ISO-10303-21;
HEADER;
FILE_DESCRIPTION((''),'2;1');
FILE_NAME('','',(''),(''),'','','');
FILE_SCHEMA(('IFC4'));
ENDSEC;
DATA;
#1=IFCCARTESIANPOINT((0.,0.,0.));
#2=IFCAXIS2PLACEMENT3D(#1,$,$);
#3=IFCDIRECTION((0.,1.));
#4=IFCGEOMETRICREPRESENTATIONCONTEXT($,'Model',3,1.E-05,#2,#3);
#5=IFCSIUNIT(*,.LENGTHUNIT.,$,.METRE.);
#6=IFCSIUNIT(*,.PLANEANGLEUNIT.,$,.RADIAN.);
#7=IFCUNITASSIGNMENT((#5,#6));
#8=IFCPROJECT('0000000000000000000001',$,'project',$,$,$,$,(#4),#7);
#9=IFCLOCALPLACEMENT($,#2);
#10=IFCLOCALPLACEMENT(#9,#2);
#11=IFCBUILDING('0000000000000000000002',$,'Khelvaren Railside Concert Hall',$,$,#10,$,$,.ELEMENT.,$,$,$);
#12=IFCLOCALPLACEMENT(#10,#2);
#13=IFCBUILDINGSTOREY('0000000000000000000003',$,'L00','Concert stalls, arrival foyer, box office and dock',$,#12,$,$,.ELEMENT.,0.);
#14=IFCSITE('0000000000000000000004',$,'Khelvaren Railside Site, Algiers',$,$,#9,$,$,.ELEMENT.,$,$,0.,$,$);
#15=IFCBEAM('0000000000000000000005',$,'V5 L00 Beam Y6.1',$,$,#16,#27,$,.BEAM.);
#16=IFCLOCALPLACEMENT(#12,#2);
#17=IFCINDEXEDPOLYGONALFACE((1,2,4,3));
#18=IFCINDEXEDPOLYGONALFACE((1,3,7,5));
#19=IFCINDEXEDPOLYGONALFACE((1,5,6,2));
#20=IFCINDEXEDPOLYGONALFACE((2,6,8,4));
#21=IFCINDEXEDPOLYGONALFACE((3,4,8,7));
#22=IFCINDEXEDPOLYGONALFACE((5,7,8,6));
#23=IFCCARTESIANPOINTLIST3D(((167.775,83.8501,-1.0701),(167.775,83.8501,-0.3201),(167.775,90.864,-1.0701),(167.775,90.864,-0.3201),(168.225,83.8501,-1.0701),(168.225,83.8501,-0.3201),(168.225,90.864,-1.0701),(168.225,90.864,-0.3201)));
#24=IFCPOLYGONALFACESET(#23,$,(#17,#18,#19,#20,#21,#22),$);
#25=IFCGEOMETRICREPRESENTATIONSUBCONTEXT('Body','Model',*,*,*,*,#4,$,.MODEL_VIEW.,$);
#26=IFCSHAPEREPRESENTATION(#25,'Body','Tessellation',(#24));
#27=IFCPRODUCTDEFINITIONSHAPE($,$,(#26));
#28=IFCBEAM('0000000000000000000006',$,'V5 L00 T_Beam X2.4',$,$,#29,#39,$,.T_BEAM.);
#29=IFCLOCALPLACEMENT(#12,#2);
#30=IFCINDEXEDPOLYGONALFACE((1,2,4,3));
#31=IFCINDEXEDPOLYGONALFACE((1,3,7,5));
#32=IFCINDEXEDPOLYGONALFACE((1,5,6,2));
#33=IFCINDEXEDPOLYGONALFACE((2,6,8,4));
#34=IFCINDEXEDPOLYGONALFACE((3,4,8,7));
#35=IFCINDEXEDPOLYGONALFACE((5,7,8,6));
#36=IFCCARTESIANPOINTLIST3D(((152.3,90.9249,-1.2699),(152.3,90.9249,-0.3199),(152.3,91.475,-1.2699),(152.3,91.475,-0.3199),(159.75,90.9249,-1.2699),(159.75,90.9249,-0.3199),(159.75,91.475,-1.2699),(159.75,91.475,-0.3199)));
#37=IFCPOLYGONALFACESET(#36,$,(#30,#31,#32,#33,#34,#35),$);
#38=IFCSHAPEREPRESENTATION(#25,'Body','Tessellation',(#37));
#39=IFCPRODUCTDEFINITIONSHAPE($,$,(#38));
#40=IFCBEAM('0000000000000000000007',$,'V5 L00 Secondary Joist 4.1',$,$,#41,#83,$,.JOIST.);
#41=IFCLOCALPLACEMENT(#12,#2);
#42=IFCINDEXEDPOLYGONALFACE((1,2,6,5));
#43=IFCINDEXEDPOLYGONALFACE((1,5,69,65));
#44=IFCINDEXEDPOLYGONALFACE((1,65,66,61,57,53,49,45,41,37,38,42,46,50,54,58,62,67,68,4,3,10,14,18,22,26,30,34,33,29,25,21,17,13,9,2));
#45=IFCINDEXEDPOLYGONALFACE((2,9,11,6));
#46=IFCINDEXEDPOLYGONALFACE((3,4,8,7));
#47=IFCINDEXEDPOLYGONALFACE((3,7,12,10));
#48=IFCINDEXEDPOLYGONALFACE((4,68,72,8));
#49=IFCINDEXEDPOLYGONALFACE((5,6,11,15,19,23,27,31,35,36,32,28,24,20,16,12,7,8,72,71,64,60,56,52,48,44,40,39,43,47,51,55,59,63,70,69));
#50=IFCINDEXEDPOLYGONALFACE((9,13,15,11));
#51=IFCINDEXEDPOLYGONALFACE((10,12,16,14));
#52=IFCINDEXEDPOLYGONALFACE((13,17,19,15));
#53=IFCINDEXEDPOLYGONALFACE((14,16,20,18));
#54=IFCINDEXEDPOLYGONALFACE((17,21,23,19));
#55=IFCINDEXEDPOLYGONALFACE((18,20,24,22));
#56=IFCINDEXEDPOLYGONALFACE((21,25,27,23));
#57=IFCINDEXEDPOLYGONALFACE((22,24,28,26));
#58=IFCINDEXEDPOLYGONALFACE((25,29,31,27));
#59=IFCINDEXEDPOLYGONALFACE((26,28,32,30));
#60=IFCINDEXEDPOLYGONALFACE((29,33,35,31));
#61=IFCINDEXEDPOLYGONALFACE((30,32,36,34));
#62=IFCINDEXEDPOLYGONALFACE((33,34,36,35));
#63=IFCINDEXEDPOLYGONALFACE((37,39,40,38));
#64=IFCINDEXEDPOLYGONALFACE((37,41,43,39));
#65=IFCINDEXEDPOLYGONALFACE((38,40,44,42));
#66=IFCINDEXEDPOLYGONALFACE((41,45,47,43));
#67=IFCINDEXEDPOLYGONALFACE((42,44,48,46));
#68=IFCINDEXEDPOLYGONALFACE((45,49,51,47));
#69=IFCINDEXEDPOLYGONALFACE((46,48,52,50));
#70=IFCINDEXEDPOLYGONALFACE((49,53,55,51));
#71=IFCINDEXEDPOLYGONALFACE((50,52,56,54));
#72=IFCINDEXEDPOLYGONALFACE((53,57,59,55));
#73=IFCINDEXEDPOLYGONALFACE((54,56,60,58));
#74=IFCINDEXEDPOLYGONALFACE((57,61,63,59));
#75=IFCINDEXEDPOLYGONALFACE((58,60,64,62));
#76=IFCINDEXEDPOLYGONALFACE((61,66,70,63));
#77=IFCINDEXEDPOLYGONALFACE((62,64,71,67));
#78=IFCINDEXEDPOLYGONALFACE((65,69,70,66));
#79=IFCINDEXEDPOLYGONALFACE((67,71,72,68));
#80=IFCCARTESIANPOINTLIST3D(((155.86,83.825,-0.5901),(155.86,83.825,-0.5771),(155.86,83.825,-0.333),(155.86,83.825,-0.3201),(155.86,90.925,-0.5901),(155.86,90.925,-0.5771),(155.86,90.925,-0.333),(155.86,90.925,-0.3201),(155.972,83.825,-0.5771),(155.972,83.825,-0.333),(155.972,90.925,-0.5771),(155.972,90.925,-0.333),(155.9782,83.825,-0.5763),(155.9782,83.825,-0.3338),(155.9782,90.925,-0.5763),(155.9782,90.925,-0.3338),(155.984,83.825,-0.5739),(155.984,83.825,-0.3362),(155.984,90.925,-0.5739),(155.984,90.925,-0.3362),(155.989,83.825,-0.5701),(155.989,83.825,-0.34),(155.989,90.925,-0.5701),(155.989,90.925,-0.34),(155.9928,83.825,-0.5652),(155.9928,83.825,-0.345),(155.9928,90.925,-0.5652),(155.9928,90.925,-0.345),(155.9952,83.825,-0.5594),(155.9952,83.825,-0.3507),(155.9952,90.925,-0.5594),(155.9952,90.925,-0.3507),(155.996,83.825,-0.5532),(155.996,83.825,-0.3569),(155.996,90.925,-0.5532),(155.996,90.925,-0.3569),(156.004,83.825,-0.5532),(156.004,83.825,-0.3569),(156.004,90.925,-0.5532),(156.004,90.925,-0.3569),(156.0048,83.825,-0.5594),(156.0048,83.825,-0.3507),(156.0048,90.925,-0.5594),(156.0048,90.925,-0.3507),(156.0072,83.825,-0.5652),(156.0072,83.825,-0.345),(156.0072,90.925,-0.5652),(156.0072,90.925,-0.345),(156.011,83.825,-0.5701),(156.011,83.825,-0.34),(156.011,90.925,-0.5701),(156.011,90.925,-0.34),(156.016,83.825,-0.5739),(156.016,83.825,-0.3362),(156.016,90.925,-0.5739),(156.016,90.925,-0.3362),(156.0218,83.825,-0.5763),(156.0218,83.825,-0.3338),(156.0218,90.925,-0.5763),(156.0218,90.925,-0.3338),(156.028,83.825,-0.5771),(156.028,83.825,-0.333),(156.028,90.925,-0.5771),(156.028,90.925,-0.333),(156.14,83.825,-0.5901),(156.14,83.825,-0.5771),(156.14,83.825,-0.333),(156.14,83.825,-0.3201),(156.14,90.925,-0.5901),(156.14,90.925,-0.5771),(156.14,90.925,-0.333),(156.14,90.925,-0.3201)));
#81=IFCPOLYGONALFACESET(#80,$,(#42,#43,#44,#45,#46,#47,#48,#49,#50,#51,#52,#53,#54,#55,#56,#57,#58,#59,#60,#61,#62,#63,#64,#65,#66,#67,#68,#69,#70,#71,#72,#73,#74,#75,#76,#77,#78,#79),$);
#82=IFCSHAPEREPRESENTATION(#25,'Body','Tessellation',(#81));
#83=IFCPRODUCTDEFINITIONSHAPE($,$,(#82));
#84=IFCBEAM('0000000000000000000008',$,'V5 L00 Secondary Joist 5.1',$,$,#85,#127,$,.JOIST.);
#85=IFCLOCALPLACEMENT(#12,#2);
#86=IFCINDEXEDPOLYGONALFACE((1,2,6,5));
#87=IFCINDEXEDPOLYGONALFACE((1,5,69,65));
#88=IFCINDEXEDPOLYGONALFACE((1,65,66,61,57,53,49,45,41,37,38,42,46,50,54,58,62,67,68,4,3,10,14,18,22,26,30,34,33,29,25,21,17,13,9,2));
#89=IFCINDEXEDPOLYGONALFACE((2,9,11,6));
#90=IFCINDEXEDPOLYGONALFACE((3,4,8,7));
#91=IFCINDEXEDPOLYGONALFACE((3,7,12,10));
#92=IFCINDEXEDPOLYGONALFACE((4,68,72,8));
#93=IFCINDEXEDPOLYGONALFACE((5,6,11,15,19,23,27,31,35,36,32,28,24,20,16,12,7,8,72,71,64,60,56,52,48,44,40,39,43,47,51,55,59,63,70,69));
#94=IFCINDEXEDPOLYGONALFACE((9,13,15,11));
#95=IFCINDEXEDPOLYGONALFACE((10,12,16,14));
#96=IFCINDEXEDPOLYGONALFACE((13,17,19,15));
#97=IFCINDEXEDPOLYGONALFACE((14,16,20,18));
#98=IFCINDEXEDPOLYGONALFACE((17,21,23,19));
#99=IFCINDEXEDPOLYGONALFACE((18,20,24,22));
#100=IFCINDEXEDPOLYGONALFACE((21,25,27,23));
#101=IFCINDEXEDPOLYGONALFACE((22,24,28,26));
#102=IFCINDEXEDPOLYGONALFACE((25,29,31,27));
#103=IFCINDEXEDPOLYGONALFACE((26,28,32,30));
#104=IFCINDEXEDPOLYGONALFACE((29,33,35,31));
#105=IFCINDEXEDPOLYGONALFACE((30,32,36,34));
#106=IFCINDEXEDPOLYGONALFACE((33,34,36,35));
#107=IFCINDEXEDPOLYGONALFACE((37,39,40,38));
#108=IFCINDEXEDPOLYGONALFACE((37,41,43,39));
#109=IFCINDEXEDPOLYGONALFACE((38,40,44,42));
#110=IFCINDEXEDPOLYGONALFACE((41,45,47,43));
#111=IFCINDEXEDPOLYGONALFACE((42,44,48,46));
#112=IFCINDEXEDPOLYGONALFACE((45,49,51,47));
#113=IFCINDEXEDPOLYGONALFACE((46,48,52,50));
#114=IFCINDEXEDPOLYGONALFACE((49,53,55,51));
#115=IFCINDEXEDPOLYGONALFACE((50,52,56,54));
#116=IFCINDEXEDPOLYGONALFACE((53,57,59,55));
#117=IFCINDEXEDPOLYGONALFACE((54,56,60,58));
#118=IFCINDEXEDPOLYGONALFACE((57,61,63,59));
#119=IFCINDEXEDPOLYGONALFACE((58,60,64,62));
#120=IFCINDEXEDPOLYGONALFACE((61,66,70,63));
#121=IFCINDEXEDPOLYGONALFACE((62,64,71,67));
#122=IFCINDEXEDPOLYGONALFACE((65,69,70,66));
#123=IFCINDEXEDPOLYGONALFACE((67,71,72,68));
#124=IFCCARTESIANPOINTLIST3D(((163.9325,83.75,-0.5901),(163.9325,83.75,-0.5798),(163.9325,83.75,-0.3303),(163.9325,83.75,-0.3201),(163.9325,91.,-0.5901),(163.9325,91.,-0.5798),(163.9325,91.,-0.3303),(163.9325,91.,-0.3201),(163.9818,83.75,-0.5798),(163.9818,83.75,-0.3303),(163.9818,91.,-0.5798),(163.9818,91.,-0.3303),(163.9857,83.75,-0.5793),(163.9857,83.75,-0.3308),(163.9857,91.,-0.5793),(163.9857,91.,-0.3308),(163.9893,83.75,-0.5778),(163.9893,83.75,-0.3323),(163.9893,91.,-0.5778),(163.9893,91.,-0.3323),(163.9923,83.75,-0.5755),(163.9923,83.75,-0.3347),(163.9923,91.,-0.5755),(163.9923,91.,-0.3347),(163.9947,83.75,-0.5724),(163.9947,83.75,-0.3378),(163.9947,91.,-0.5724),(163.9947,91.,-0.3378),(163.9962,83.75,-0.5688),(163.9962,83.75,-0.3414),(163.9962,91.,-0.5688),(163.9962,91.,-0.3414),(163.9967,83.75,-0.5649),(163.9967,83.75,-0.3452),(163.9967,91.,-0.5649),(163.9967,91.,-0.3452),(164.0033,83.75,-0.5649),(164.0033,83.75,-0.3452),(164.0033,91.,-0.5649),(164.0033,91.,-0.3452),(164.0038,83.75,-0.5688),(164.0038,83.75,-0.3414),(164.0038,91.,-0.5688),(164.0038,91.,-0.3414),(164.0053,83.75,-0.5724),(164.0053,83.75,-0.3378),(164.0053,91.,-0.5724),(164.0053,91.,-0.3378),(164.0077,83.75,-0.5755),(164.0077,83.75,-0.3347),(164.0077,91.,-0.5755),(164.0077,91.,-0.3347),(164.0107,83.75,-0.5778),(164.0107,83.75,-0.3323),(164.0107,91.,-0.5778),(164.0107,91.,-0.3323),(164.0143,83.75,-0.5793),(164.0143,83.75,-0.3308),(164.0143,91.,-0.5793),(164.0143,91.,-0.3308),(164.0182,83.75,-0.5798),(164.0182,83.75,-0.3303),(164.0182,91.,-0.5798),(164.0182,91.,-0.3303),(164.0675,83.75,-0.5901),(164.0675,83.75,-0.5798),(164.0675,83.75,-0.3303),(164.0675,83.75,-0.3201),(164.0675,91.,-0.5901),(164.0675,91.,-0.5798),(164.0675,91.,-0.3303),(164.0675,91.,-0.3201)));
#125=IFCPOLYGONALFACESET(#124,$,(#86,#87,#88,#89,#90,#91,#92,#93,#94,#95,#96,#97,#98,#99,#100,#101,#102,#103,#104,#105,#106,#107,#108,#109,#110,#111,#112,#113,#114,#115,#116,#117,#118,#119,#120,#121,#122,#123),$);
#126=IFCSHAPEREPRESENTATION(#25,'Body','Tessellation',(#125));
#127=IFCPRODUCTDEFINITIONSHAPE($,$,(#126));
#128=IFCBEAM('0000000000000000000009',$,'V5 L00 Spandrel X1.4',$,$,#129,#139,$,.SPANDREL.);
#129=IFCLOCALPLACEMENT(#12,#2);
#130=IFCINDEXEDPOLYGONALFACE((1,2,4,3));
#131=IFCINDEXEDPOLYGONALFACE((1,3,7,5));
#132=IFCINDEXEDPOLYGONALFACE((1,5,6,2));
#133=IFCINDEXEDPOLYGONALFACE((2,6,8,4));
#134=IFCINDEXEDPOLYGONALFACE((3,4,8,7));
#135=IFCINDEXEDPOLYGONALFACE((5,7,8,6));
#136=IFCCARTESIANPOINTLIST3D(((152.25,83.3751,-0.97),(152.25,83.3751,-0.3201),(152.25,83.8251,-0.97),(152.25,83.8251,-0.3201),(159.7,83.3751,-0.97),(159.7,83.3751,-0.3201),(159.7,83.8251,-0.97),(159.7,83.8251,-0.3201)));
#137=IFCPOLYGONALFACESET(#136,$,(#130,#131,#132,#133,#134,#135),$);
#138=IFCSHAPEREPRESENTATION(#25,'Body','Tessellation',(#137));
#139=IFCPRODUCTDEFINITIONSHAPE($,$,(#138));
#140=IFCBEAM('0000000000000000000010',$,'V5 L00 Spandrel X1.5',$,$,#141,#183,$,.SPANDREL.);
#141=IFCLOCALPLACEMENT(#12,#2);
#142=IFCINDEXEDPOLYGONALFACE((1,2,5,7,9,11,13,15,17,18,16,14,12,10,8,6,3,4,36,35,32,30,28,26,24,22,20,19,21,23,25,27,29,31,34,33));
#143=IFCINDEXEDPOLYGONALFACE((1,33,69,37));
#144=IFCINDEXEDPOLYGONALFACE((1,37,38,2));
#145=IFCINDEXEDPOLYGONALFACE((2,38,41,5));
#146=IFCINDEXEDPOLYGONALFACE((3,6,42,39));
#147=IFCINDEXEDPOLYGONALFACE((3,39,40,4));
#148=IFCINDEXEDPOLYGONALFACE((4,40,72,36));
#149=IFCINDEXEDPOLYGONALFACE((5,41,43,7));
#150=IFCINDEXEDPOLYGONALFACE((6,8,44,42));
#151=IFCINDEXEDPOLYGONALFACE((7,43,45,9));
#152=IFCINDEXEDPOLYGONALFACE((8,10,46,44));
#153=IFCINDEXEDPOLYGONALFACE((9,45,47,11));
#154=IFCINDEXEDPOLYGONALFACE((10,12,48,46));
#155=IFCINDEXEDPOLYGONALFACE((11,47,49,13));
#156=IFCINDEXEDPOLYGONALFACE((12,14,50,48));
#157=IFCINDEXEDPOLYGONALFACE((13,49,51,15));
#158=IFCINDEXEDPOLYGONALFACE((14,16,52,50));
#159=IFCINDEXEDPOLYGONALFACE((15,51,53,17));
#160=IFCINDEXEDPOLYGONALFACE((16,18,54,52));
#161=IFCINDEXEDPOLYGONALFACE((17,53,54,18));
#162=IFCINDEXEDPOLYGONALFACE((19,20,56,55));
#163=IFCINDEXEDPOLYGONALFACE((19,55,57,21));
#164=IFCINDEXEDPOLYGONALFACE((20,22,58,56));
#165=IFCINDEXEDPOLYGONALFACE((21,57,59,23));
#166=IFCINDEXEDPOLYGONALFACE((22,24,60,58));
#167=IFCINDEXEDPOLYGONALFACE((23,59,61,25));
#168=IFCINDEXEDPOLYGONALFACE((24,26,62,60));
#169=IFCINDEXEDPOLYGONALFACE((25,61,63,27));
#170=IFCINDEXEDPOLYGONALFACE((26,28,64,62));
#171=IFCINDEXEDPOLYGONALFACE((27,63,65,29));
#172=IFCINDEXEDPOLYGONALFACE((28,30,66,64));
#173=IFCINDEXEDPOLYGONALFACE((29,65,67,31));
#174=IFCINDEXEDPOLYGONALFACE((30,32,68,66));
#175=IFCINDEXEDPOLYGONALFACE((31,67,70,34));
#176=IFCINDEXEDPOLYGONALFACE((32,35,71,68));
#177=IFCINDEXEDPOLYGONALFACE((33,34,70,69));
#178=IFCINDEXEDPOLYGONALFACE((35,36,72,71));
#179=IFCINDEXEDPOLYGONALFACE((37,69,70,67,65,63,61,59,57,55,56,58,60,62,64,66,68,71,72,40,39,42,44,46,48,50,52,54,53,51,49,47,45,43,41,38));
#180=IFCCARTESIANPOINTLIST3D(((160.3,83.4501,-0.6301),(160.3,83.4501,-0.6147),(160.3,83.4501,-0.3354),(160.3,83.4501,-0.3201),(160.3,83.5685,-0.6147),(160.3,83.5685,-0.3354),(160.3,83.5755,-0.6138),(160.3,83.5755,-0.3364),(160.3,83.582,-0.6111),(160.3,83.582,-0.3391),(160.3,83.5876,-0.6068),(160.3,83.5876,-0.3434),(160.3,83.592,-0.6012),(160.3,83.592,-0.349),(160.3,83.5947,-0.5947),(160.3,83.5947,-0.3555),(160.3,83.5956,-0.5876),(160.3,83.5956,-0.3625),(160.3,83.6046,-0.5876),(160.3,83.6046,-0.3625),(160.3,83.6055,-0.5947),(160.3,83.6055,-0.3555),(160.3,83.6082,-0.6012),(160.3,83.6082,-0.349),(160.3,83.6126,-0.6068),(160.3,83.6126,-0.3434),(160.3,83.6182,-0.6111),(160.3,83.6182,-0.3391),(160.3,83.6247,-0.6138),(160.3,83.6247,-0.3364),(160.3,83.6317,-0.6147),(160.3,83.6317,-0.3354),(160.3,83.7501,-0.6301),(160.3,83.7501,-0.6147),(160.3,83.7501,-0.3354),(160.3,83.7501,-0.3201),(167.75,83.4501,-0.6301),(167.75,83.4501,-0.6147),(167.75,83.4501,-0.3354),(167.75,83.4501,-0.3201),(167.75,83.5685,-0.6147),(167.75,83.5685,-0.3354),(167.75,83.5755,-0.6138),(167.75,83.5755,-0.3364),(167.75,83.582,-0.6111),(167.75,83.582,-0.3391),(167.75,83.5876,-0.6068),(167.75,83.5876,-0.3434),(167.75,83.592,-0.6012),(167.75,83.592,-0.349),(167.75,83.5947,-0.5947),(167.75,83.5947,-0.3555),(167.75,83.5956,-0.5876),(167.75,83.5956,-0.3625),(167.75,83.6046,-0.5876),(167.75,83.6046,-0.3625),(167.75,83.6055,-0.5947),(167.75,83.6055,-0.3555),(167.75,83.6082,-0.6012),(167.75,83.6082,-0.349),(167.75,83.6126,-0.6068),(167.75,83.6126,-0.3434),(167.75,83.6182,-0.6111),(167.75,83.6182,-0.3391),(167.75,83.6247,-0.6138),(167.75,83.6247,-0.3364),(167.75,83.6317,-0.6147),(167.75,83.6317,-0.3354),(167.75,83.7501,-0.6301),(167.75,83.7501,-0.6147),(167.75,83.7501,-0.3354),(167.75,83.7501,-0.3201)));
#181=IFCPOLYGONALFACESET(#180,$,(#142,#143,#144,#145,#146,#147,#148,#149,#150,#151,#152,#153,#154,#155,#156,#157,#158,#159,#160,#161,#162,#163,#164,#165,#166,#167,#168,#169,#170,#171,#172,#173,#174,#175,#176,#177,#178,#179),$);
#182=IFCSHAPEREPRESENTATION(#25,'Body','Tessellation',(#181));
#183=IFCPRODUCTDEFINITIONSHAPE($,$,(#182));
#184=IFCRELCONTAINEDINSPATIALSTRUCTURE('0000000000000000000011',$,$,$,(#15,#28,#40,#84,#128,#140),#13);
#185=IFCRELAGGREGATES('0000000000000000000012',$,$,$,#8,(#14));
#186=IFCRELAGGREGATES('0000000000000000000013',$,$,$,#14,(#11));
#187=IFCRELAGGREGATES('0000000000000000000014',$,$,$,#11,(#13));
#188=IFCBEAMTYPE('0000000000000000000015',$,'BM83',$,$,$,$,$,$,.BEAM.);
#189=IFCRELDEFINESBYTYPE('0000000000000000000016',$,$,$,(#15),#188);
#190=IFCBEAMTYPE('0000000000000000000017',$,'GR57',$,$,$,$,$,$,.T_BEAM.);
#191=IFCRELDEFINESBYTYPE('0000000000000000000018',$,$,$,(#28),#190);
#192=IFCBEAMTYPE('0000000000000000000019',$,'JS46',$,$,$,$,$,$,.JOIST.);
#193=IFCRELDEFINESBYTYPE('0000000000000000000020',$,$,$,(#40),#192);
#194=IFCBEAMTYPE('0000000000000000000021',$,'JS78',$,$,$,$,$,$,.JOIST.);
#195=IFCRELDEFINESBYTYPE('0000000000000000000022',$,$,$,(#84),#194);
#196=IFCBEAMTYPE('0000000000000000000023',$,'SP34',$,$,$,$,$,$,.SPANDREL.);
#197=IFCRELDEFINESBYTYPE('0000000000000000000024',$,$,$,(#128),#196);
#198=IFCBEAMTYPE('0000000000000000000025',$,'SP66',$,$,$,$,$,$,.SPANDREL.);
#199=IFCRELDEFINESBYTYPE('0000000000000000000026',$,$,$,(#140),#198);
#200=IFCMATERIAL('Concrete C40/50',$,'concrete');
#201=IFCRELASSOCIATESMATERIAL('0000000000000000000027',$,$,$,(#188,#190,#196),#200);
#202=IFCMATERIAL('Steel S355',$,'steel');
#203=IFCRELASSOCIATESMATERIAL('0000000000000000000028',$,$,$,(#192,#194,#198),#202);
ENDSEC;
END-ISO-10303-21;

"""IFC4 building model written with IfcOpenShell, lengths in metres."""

from ifc_helpers import new_model, si_unit, direction, frame, origin, origin_2d, place, context, subcontext, project, spatial, rectangle, i_section, extrude, material, material_profile, profile_set, type_object, element, save


model = new_model("IFC4")

# Units and contexts
model_context = context("Model", 3, precision=1e-05, world=origin(), true_north=direction((0.0, 1.0)))
body_context = subcontext(model_context, "Body", "Model", "MODEL_VIEW")
ifc_project = project(units=[si_unit("LENGTHUNIT", "METRE"), si_unit("PLANEANGLEUNIT", "RADIAN")], contexts=[model_context])

# Site, building, storey
site_placement = place(None, origin())
site = spatial("IfcSite", under=ifc_project, at=site_placement, Name="Khelvaren Railside Site, Algiers", CompositionType="ELEMENT", RefElevation=0.0)
building_placement = place(site_placement, origin())
building = spatial("IfcBuilding", under=site, at=building_placement, Name="Khelvaren Railside Concert Hall", CompositionType="ELEMENT")
storey_placement = place(building_placement, origin())
storey = spatial("IfcBuildingStorey", under=building, at=storey_placement, Name="L00", Description="Concert stalls, arrival foyer, box office and dock", CompositionType="ELEMENT", Elevation=0.0)

# Beams
ifc_material_1 = material(Name="Concrete C40/50", Category="concrete")
ifc_material_profile_1 = material_profile(ifc_material_1, rectangle(XDim=0.45, YDim=0.75, at=origin_2d()), Name="RCB 450x750")
ifc_profile_set_1 = profile_set([ifc_material_profile_1], Name="Concrete C40/50")
beam_type_1 = type_object("IfcBeamType", Name="BM83", PredefinedType="BEAM", material=ifc_profile_set_1)
beam_1_placement = place(storey_placement, frame((168.0, 83.8501, -0.6951), z_axis=(0.0, 1.0, 0.0), x_axis=(-1.0, 0.0, 0.0)))
element("IfcBeam", 1, at=beam_1_placement, inside=storey, type_object=beam_type_1, Name="V5 L00 Beam Y6.1", PredefinedType="BEAM", context=body_context, shape_type="SweptSolid", body=[
    extrude(rectangle(XDim=0.45, YDim=0.75, at=origin_2d()), origin(), (0.0, 0.0, 1.0), 7.0139),
])
ifc_material_profile_2 = material_profile(ifc_material_1, rectangle(XDim=0.55, YDim=0.95, at=origin_2d()), Name="RCB 550x950")
ifc_profile_set_2 = profile_set([ifc_material_profile_2], Name="Concrete C40/50")
beam_type_2 = type_object("IfcBeamType", Name="GR57", PredefinedType="T_BEAM", material=ifc_profile_set_2)
beam_2_placement = place(storey_placement, frame((152.3, 91.2, -0.7949), z_axis=(1.0, 0.0, 0.0), x_axis=(0.0, 1.0, 0.0)))
element("IfcBeam", 2, at=beam_2_placement, inside=storey, type_object=beam_type_2, Name="V5 L00 T_Beam X2.4", PredefinedType="T_BEAM", context=body_context, shape_type="SweptSolid", body=[
    extrude(rectangle(XDim=0.55, YDim=0.95, at=origin_2d()), origin(), (0.0, 0.0, 1.0), 7.45),
])
ifc_material_2 = material(Name="Steel S355", Category="steel")
ifc_material_profile_3 = material_profile(ifc_material_2, i_section(OverallWidth=0.28, OverallDepth=0.27, WebThickness=0.0081, FlangeThickness=0.0129, FilletRadius=0.0239, at=origin_2d()), Name="HEA 280")
ifc_profile_set_3 = profile_set([ifc_material_profile_3], Name="Steel S355")
beam_type_3 = type_object("IfcBeamType", Name="JS46", PredefinedType="JOIST", material=ifc_profile_set_3)
beam_3_placement = place(storey_placement, frame((156.0, 83.825, -0.4551), z_axis=(0.0, 1.0, 0.0), x_axis=(-1.0, 0.0, 0.0)))
element("IfcBeam", 3, at=beam_3_placement, inside=storey, type_object=beam_type_3, Name="V5 L00 Secondary Joist 4.1", PredefinedType="JOIST", context=body_context, shape_type="SweptSolid", body=[
    extrude(i_section(OverallWidth=0.28, OverallDepth=0.27, WebThickness=0.0081, FlangeThickness=0.0129, FilletRadius=0.0239, at=origin_2d()), origin(), (0.0, 0.0, 1.0), 7.1001),
])
ifc_material_profile_4 = material_profile(ifc_material_2, i_section(OverallWidth=0.135, OverallDepth=0.27, WebThickness=0.0066, FlangeThickness=0.0103, FilletRadius=0.0149, at=origin_2d()), Name="IPE 270")
ifc_profile_set_4 = profile_set([ifc_material_profile_4], Name="Steel S355")
beam_type_4 = type_object("IfcBeamType", Name="JS78", PredefinedType="JOIST", material=ifc_profile_set_4)
beam_4_placement = place(storey_placement, frame((164.0, 83.75, -0.4551), z_axis=(0.0, 1.0, 0.0), x_axis=(-1.0, 0.0, 0.0)))
element("IfcBeam", 4, at=beam_4_placement, inside=storey, type_object=beam_type_4, Name="V5 L00 Secondary Joist 5.1", PredefinedType="JOIST", context=body_context, shape_type="SweptSolid", body=[
    extrude(i_section(OverallWidth=0.135, OverallDepth=0.27, WebThickness=0.0066, FlangeThickness=0.0103, FilletRadius=0.0149, at=origin_2d()), origin(), (0.0, 0.0, 1.0), 7.25),
])
ifc_material_profile_5 = material_profile(ifc_material_1, rectangle(XDim=0.45, YDim=0.6499, at=origin_2d()), Name="RCB 450x650")
ifc_profile_set_5 = profile_set([ifc_material_profile_5], Name="Concrete C40/50")
beam_type_5 = type_object("IfcBeamType", Name="SP34", PredefinedType="SPANDREL", material=ifc_profile_set_5)
beam_5_placement = place(storey_placement, frame((152.25, 83.6001, -0.645), z_axis=(1.0, 0.0, 0.0), x_axis=(0.0, 1.0, 0.0)))
element("IfcBeam", 5, at=beam_5_placement, inside=storey, type_object=beam_type_5, Name="V5 L00 Spandrel X1.4", PredefinedType="SPANDREL", context=body_context, shape_type="SweptSolid", body=[
    extrude(rectangle(XDim=0.45, YDim=0.6499, at=origin_2d()), origin(), (0.0, 0.0, 1.0), 7.45),
])
ifc_material_profile_6 = material_profile(ifc_material_2, i_section(OverallWidth=0.3, OverallDepth=0.3101, WebThickness=0.009, FlangeThickness=0.0154, FilletRadius=0.0271, at=origin_2d()), Name="HEA 320")
ifc_profile_set_6 = profile_set([ifc_material_profile_6], Name="Steel S355")
beam_type_6 = type_object("IfcBeamType", Name="SP66", PredefinedType="SPANDREL", material=ifc_profile_set_6)
beam_6_placement = place(storey_placement, frame((160.3, 83.6001, -0.4751), z_axis=(1.0, 0.0, 0.0), x_axis=(0.0, 1.0, 0.0)))
element("IfcBeam", 6, at=beam_6_placement, inside=storey, type_object=beam_type_6, Name="V5 L00 Spandrel X1.5", PredefinedType="SPANDREL", context=body_context, shape_type="SweptSolid", body=[
    extrude(i_section(OverallWidth=0.3, OverallDepth=0.3101, WebThickness=0.009, FlangeThickness=0.0154, FilletRadius=0.0271, at=origin_2d()), origin(), (0.0, 0.0, 1.0), 7.45),
])

save(model, "model.ifc")
